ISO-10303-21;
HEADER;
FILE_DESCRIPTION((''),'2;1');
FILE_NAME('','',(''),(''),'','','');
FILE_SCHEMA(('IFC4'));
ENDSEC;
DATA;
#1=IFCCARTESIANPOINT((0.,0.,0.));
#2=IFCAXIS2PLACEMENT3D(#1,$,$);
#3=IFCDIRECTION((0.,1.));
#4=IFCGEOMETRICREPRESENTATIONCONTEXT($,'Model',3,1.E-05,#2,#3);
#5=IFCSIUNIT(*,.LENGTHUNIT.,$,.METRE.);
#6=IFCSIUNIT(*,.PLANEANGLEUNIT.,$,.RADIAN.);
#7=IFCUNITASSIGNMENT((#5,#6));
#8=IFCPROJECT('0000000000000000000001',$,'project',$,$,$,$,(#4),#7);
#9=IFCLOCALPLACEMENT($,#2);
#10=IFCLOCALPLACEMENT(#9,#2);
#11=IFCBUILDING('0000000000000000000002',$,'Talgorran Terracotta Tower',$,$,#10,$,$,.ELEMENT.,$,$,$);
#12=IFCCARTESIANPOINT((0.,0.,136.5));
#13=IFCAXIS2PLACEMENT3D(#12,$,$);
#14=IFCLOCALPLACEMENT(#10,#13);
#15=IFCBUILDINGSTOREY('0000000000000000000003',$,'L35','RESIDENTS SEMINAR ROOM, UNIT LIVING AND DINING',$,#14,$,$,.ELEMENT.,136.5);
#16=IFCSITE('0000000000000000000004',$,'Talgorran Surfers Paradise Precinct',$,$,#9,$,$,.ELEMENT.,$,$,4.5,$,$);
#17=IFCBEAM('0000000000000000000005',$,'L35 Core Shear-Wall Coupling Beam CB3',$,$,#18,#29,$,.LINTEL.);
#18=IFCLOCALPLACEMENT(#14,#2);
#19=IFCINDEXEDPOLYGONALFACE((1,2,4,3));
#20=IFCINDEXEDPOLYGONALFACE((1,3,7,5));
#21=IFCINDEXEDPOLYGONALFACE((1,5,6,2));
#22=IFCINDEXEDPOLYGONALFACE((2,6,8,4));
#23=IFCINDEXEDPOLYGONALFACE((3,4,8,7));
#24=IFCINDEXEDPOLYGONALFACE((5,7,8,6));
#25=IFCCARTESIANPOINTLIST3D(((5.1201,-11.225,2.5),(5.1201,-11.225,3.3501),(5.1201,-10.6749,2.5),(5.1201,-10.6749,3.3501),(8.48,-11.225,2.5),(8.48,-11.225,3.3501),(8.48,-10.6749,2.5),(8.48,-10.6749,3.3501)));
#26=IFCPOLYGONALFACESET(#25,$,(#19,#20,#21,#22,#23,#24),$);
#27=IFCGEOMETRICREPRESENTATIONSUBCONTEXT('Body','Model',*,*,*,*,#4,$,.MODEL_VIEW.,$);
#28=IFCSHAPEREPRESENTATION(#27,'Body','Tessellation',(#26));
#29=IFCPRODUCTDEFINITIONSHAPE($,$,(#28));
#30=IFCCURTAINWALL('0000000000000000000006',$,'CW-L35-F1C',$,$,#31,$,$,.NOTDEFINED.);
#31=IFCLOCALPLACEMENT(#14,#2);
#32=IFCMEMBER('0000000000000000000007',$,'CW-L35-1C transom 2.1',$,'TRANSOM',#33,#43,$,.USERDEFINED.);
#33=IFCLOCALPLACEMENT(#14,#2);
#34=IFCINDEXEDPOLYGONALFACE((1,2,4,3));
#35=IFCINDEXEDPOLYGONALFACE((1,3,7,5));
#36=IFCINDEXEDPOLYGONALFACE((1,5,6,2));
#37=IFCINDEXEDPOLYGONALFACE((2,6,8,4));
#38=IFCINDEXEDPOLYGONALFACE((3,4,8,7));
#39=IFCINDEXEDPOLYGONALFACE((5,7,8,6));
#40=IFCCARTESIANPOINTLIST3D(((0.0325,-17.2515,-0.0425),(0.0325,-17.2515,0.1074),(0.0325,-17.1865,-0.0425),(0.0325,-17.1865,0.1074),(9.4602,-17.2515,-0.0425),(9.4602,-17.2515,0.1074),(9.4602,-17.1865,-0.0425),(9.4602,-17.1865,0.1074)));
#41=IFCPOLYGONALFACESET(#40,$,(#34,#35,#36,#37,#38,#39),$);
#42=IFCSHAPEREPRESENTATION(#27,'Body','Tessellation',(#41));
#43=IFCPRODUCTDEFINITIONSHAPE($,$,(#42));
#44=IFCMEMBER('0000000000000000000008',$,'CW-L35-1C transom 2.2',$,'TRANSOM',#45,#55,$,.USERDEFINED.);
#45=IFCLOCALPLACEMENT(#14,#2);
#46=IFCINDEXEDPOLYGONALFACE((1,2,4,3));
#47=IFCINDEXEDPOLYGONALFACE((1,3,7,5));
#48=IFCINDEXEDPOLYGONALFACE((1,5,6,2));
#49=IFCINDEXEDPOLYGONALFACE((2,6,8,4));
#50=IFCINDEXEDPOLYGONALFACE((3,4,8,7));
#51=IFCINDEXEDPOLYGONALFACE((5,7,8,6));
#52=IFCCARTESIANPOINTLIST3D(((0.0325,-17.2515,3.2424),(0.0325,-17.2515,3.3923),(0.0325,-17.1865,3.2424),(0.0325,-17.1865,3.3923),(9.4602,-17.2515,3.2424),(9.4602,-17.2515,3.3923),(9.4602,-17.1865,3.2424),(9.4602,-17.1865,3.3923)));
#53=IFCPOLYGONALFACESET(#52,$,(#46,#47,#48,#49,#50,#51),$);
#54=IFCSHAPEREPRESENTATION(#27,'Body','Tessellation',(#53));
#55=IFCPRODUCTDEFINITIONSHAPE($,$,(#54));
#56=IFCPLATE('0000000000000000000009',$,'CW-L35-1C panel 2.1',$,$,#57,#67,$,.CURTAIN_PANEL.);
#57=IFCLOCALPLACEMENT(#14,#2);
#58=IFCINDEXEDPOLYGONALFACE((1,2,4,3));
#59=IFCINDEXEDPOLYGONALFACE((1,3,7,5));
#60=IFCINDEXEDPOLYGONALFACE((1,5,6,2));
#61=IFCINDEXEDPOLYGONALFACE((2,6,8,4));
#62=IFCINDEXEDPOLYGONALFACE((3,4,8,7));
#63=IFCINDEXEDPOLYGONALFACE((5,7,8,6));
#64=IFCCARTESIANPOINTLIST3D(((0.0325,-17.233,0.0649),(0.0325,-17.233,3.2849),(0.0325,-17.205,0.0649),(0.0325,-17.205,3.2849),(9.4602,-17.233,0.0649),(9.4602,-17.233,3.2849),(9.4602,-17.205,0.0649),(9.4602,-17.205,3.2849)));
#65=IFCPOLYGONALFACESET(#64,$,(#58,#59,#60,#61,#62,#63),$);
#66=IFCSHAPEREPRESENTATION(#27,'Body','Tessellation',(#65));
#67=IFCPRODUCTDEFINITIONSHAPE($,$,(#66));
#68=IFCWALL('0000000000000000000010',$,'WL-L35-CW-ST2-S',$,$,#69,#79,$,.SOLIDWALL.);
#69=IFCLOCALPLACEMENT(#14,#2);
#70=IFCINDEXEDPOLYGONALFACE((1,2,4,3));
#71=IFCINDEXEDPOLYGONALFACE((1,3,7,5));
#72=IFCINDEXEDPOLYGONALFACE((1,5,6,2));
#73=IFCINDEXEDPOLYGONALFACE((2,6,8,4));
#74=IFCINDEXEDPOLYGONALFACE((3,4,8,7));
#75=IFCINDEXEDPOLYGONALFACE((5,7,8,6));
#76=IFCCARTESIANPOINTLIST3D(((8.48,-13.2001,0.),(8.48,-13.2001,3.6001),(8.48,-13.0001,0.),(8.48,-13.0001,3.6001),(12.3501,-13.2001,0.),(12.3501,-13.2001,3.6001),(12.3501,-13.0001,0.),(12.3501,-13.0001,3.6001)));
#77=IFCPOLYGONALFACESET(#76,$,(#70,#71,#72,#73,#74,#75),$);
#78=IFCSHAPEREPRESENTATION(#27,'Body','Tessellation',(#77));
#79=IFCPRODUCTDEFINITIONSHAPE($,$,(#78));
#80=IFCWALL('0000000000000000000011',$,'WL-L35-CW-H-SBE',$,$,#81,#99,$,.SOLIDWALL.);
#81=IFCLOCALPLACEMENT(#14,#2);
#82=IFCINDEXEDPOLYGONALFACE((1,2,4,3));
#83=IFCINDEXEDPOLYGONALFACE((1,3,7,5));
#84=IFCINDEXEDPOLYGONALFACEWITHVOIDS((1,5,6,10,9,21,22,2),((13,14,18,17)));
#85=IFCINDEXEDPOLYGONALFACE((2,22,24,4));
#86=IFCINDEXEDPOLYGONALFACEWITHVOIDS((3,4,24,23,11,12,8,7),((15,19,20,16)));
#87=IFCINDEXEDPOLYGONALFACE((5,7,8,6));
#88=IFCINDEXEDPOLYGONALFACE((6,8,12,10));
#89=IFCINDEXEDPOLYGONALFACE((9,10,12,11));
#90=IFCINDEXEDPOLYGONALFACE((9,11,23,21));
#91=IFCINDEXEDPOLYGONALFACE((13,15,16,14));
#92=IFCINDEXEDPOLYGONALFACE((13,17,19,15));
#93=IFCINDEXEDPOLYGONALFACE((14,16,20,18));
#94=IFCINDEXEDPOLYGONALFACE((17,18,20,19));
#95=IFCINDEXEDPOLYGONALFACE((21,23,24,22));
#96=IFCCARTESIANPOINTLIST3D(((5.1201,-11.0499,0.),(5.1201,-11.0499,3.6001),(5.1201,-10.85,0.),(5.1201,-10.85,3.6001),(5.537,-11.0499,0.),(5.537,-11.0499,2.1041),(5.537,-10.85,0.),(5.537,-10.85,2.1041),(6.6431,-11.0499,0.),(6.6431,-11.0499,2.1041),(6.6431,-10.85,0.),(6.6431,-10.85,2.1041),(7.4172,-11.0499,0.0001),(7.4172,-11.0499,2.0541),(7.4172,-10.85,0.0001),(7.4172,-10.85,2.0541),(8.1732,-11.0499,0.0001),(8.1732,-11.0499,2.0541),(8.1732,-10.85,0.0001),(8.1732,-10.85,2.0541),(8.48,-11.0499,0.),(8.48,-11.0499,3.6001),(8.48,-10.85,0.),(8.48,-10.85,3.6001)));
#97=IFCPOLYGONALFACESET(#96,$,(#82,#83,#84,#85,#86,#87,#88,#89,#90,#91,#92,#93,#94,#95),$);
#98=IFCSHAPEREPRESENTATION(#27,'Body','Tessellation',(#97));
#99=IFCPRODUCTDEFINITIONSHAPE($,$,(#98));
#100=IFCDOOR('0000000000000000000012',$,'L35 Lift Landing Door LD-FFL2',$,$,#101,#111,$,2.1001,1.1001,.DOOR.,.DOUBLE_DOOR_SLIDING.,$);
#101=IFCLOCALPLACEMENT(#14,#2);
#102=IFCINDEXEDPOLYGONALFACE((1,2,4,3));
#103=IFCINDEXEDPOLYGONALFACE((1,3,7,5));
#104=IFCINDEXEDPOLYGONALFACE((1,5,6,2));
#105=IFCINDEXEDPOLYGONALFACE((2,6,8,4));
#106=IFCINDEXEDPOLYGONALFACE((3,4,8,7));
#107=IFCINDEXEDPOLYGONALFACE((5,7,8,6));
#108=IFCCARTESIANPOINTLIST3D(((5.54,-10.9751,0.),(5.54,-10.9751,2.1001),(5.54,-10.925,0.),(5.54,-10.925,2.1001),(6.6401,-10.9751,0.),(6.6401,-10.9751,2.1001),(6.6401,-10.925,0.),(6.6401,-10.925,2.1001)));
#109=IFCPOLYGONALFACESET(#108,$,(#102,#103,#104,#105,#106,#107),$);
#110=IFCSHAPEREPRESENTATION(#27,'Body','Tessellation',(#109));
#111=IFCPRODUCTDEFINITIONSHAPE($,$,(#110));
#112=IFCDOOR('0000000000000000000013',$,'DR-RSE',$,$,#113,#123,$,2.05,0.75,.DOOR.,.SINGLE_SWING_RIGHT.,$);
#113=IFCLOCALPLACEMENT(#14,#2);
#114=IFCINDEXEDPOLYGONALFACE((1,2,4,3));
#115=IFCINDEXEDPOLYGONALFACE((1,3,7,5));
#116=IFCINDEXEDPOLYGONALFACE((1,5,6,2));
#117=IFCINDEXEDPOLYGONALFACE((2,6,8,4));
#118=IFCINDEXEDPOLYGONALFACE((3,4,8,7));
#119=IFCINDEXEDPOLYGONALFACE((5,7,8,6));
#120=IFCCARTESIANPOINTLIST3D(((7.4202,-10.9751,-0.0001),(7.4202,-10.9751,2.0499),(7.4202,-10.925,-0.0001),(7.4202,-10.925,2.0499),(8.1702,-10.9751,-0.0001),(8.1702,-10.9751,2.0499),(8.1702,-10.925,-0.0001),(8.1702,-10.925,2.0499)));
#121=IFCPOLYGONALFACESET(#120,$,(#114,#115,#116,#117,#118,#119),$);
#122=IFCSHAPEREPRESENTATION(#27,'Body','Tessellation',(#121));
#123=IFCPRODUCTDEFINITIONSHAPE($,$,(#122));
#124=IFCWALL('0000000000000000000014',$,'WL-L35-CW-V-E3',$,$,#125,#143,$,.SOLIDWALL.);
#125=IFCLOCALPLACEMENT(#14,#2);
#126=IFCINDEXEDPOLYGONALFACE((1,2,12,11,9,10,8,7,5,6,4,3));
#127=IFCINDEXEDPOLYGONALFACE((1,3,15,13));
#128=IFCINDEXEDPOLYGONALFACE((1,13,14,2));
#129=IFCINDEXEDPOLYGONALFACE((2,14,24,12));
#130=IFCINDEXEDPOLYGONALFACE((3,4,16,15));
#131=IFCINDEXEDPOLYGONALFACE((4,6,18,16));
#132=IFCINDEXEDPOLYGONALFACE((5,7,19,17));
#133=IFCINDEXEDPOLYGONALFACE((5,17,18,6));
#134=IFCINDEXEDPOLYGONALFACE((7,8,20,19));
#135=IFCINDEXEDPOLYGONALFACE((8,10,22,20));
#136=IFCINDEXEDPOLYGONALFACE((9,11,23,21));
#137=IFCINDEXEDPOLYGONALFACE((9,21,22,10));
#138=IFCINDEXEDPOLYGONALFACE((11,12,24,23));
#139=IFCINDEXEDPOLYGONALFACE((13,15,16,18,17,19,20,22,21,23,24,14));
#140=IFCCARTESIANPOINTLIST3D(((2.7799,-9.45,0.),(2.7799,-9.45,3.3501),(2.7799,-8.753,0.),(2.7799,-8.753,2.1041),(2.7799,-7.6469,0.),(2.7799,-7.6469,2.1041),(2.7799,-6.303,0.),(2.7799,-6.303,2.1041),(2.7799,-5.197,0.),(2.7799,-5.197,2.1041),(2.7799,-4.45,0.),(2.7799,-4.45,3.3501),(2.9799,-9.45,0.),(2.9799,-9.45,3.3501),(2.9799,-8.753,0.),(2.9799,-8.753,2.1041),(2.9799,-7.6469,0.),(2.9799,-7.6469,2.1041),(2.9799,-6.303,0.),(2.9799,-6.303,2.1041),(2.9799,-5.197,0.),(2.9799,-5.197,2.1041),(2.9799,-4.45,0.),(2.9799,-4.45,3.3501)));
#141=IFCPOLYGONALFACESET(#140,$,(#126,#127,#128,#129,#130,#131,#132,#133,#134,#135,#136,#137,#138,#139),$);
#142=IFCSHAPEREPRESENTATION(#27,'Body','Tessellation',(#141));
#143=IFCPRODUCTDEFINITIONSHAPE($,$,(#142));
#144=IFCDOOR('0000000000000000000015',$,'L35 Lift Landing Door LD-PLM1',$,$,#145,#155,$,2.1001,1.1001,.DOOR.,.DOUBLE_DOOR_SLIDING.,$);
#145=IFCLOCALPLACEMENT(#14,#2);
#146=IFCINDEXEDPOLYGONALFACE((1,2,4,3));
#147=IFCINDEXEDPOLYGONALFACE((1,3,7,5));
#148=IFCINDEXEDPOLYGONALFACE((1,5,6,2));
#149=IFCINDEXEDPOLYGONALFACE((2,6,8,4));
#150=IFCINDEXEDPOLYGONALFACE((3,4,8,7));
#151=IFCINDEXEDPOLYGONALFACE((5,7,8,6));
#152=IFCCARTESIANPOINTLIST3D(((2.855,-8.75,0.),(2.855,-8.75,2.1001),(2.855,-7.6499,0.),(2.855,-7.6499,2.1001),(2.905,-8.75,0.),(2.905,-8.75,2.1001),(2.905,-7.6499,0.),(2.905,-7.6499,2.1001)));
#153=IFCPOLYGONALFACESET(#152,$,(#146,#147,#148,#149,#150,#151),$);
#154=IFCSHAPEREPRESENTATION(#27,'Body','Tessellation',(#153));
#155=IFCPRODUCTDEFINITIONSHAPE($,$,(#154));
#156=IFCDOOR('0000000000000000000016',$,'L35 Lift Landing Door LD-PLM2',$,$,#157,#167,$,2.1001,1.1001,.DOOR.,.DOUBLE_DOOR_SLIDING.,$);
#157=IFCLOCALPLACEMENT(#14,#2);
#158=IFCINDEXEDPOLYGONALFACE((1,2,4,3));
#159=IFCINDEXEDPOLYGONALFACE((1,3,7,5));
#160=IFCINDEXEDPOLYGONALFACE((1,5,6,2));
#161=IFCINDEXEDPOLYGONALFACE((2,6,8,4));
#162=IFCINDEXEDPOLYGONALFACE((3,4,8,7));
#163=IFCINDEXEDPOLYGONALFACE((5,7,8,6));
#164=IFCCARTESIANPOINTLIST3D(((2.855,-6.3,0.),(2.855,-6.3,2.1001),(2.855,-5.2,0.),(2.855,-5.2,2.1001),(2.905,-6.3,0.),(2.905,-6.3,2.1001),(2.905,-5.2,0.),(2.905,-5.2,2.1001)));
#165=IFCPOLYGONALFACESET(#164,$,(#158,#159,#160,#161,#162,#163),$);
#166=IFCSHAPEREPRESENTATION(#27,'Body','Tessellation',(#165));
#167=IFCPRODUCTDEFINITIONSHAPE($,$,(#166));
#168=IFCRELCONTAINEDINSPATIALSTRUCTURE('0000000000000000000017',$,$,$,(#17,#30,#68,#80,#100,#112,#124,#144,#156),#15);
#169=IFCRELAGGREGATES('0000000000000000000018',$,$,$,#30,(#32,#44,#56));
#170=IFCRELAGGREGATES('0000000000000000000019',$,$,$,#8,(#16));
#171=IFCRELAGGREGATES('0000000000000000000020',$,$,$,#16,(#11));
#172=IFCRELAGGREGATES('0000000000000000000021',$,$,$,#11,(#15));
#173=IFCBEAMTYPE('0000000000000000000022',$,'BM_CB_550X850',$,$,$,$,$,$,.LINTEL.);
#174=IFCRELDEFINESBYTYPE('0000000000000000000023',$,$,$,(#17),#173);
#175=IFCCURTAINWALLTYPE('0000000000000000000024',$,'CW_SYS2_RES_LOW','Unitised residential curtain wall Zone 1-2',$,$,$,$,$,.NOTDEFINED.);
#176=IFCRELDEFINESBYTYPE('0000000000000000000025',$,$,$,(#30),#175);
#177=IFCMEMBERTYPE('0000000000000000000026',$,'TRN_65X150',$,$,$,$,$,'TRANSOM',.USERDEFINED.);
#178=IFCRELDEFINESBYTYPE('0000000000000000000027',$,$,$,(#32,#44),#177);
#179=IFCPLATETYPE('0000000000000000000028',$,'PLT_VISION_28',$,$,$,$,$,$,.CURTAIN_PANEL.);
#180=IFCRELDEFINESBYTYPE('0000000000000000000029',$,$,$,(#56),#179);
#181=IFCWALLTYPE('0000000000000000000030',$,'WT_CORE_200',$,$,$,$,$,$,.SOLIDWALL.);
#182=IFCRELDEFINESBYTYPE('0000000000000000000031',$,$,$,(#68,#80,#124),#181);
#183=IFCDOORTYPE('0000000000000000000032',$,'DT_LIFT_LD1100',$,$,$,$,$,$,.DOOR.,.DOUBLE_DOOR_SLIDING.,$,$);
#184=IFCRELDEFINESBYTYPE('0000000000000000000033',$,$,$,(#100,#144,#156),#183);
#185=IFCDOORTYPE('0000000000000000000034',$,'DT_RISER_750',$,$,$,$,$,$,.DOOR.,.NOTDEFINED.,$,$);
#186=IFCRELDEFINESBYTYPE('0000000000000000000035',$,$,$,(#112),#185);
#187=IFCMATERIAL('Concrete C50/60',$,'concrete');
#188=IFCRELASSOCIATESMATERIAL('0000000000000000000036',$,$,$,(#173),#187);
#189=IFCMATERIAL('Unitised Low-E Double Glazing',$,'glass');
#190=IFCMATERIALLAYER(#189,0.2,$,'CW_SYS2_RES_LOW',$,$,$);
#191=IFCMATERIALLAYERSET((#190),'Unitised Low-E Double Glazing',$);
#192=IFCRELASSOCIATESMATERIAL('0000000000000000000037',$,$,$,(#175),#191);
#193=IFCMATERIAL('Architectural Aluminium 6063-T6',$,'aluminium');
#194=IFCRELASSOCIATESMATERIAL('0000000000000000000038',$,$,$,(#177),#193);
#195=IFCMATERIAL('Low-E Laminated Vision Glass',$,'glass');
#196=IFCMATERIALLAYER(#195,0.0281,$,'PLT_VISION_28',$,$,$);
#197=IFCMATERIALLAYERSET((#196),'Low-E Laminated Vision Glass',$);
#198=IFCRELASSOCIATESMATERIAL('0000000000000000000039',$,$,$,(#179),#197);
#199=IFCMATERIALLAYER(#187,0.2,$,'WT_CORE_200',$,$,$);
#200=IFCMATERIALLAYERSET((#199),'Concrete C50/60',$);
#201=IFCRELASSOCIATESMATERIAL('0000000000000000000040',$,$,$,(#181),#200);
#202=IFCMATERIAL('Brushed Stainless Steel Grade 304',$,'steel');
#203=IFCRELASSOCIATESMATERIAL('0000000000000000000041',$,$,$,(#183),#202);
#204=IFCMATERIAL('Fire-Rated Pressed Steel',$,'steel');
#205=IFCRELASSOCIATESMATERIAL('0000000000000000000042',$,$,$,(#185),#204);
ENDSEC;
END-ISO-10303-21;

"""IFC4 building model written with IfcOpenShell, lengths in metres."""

from ifc_helpers import new_model, si_unit, direction, frame, frame_2d, origin, origin_2d, place, context, subcontext, project, spatial, rectangle, extrude, source, transform, mapped, material, layer, layer_set, material_profile, profile_set, type_object, type_shapes, element, fill, aggregate, save


model = new_model("IFC4")

# Units and contexts
model_context = context("Model", 3, precision=1e-05, world=origin(), true_north=direction((0.0, 1.0)))
body_context = subcontext(model_context, "Body", "Model", "MODEL_VIEW")
ifc_project = project(units=[si_unit("LENGTHUNIT", "METRE"), si_unit("PLANEANGLEUNIT", "RADIAN")], contexts=[model_context])

# Site, building, storey
site_placement = place(None, origin())
site = spatial("IfcSite", under=ifc_project, at=site_placement, Name="Talgorran Surfers Paradise Precinct", CompositionType="ELEMENT", RefElevation=4.5)
building_placement = place(site_placement, origin())
building = spatial("IfcBuilding", under=site, at=building_placement, Name="Talgorran Terracotta Tower", CompositionType="ELEMENT")
storey_placement = place(building_placement, frame((0.0, 0.0, 136.5)))
storey = spatial("IfcBuildingStorey", under=building, at=storey_placement, Name="L35", Description="RESIDENTS SEMINAR ROOM, UNIT LIVING AND DINING", CompositionType="ELEMENT", Elevation=136.5)

# Beam
ifc_material_1 = material(Name="Concrete C50/60", Category="concrete")
ifc_material_profile_1 = material_profile(ifc_material_1, rectangle(XDim=0.55, YDim=0.8501, at=origin_2d()), Name="RCCB550X850")
ifc_profile_set_1 = profile_set([ifc_material_profile_1], Name="Concrete C50/60")
beam_type = type_object("IfcBeamType", Name="BM_CB_550X850", PredefinedType="LINTEL", material=ifc_profile_set_1)
beam_placement = place(storey_placement, frame((5.1201, -10.95, 2.925), z_axis=(1.0, 0.0, 0.0), x_axis=(0.0, 1.0, 0.0)))
element("IfcBeam", 1, at=beam_placement, inside=storey, type_object=beam_type, Name="L35 Core Shear-Wall Coupling Beam CB3", PredefinedType="LINTEL", context=body_context, shape_type="SweptSolid", body=[
    extrude(rectangle(XDim=0.55, YDim=0.8501, at=origin_2d()), origin(), (0.0, 0.0, 1.0), 3.3599),
])

# Curtain wall, members, plate
ifc_material_2 = material(Name="Unitised Low-E Double Glazing", Category="glass")
ifc_layer_1 = layer(ifc_material_2, 0.2, Name="CW_SYS2_RES_LOW")
ifc_layer_set_1 = layer_set([ifc_layer_1], Name="Unitised Low-E Double Glazing")
curtain_wall_type = type_object("IfcCurtainWallType", Name="CW_SYS2_RES_LOW", Description="Unitised residential curtain wall Zone 1-2", PredefinedType="NOTDEFINED", material=ifc_layer_set_1)
curtain_wall_placement = place(storey_placement, origin())
curtain_wall = element("IfcCurtainWall", 2, at=curtain_wall_placement, inside=storey, type_object=curtain_wall_type, Name="CW-L35-F1C", PredefinedType="NOTDEFINED")
ifc_material_3 = material(Name="Architectural Aluminium 6063-T6", Category="aluminium")
ifc_material_profile_2 = material_profile(ifc_material_3, rectangle(XDim=0.0649, YDim=0.1499, at=origin_2d()), Name="CWT65X150")
ifc_profile_set_2 = profile_set([ifc_material_profile_2], Name="Architectural Aluminium 6063-T6")
member_type = type_object("IfcMemberType", Name="TRN_65X150", ElementType="TRANSOM", PredefinedType="USERDEFINED", material=ifc_profile_set_2)
member_1_placement = place(storey_placement, frame((0.0325, -17.219, 0.0325), z_axis=(1.0, 0.0, 0.0), x_axis=(0.0, 1.0, 0.0)))
member_1 = element("IfcMember", 3, at=member_1_placement, type_object=member_type, Name="CW-L35-1C transom 2.1", ObjectType="TRANSOM", PredefinedType="USERDEFINED", context=body_context, shape_type="SweptSolid", body=[
    extrude(rectangle(XDim=0.0649, YDim=0.1499, at=origin_2d()), origin(), (0.0, 0.0, 1.0), 9.4277),
])
member_2_placement = place(storey_placement, frame((0.0325, -17.219, 3.3174), z_axis=(1.0, 0.0, 0.0), x_axis=(0.0, 1.0, 0.0)))
member_2 = element("IfcMember", 4, at=member_2_placement, type_object=member_type, Name="CW-L35-1C transom 2.2", ObjectType="TRANSOM", PredefinedType="USERDEFINED", context=body_context, shape_type="SweptSolid", body=[
    extrude(rectangle(XDim=0.0649, YDim=0.1499, at=origin_2d()), origin(), (0.0, 0.0, 1.0), 9.4277),
])
ifc_material_4 = material(Name="Low-E Laminated Vision Glass", Category="glass")
ifc_layer_2 = layer(ifc_material_4, 0.0281, Name="PLT_VISION_28")
ifc_layer_set_2 = layer_set([ifc_layer_2], Name="Low-E Laminated Vision Glass")
plate_type = type_object("IfcPlateType", Name="PLT_VISION_28", PredefinedType="CURTAIN_PANEL", material=ifc_layer_set_2)
shared_shape = source(origin(), body_context, "Body", "SweptSolid", [
    extrude(rectangle(XDim=9.4277, YDim=0.0281, at=origin_2d()), origin(), (0.0, 0.0, 1.0), 3.22),
])
type_shapes(plate_type, [shared_shape])
plate_placement = place(storey_placement, frame((4.7463, -17.219, 0.0649), z_axis=(0.0, 0.0, 1.0), x_axis=(1.0, 0.0, 0.0)))
plate = element("IfcPlate", 5, at=plate_placement, type_object=plate_type, Name="CW-L35-1C panel 2.1", PredefinedType="CURTAIN_PANEL", context=body_context, shape_type="MappedRepresentation", body=[
    mapped(shared_shape, transform((0.0, 0.0, 0.0), scale=1.0)),
])
aggregate(curtain_wall, [member_1, member_2, plate])

# Wall
ifc_layer_3 = layer(ifc_material_1, 0.2, Name="WT_CORE_200")
ifc_layer_set_3 = layer_set([ifc_layer_3], Name="Concrete C50/60")
wall_type_1 = type_object("IfcWallType", Name="WT_CORE_200", PredefinedType="SOLIDWALL", material=ifc_layer_set_3)
wall_1_placement = place(storey_placement, frame((8.48, -13.1001, 0.0), z_axis=(0.0, 0.0, 1.0), x_axis=(1.0, 0.0, 0.0)))
element("IfcWall", 6, at=wall_1_placement, inside=storey, type_object=wall_type_1, Name="WL-L35-CW-ST2-S", PredefinedType="SOLIDWALL", context=body_context, shape_type="SweptSolid", body=[
    extrude(rectangle(XDim=3.8701, YDim=0.2, at=frame_2d((1.9351, 0.0))), origin(), (0.0, 0.0, 1.0), 3.6001),
])

# Walls, openings, doors
wall_2_placement = place(storey_placement, frame((5.1201, -10.95, 0.0), z_axis=(0.0, 0.0, 1.0), x_axis=(1.0, 0.0, 0.0)))
wall_2 = element("IfcWall", 7, at=wall_2_placement, inside=storey, type_object=wall_type_1, Name="WL-L35-CW-H-SBE", PredefinedType="SOLIDWALL", context=body_context, shape_type="SweptSolid", body=[
    extrude(rectangle(XDim=3.3599, YDim=0.2, at=frame_2d((1.6799, 0.0))), origin(), (0.0, 0.0, 1.0), 3.6001),
])
opening_1_placement = place(wall_2_placement, frame((0.4199, 0.0, 0.0)))
opening_1 = element("IfcOpeningElement", 8, at=opening_1_placement, cuts=wall_2, PredefinedType="OPENING", context=body_context, shape_type="SweptSolid", body=[
    extrude(rectangle(XDim=1.1061, YDim=2.1041, at=frame_2d((0.55, 1.052))), frame((0.0, 0.1099, 0.0), z_axis=(0.0, -1.0, 0.0), x_axis=(1.0, 0.0, 0.0)), (0.0, 0.0, 1.0), 0.22),
])
opening_2_placement = place(wall_2_placement, frame((2.3, 0.0, 0.0)))
opening_2 = element("IfcOpeningElement", 9, at=opening_2_placement, cuts=wall_2, PredefinedType="OPENING", context=body_context, shape_type="SweptSolid", body=[
    extrude(rectangle(XDim=0.756, YDim=2.054, at=frame_2d((0.375, 1.0271))), frame((0.0, 0.1099, 0.0), z_axis=(0.0, -1.0, 0.0), x_axis=(1.0, 0.0, 0.0)), (0.0, 0.0, 1.0), 0.22),
])
ifc_material_5 = material(Name="Brushed Stainless Steel Grade 304", Category="steel")
door_type_1 = type_object("IfcDoorType", Name="DT_LIFT_LD1100", OperationType="DOUBLE_DOOR_SLIDING", PredefinedType="DOOR", material=ifc_material_5)
door_1_placement = place(opening_1_placement, origin())
door_1 = element("IfcDoor", 10, at=door_1_placement, inside=storey, type_object=door_type_1, Name="L35 Lift Landing Door LD-FFL2", OperationType="DOUBLE_DOOR_SLIDING", OverallHeight=2.1001, OverallWidth=1.1001, PredefinedType="DOOR", context=body_context, shape_type="SweptSolid", body=[
    extrude(rectangle(XDim=1.1001, YDim=2.1001, at=frame_2d((0.55, 1.05))), frame((0.0, 0.0249, 0.0), z_axis=(0.0, -1.0, 0.0), x_axis=(1.0, 0.0, 0.0)), (0.0, 0.0, 1.0), 0.05),
])
fill(opening_1, door_1)
ifc_material_6 = material(Name="Fire-Rated Pressed Steel", Category="steel")
door_type_2 = type_object("IfcDoorType", Name="DT_RISER_750", OperationType="NOTDEFINED", PredefinedType="DOOR", material=ifc_material_6)
door_2_placement = place(opening_2_placement, origin())
door_2 = element("IfcDoor", 11, at=door_2_placement, inside=storey, type_object=door_type_2, Name="DR-RSE", OperationType="SINGLE_SWING_RIGHT", OverallHeight=2.05, OverallWidth=0.75, PredefinedType="DOOR", context=body_context, shape_type="SweptSolid", body=[
    extrude(rectangle(XDim=0.75, YDim=2.05, at=frame_2d((0.375, 1.0249))), frame((0.0, 0.0249, 0.0), z_axis=(0.0, -1.0, 0.0), x_axis=(1.0, 0.0, 0.0)), (0.0, 0.0, 1.0), 0.05),
])
fill(opening_2, door_2)
wall_3_placement = place(storey_placement, frame((2.8799, -9.45, 0.0), z_axis=(0.0, 0.0, 1.0), x_axis=(0.0, 1.0, 0.0)))
wall_3 = element("IfcWall", 12, at=wall_3_placement, inside=storey, type_object=wall_type_1, Name="WL-L35-CW-V-E3", PredefinedType="SOLIDWALL", context=body_context, shape_type="SweptSolid", body=[
    extrude(rectangle(XDim=5.0, YDim=0.2, at=frame_2d((2.5, 0.0))), origin(), (0.0, 0.0, 1.0), 3.3501),
])
opening_3_placement = place(wall_3_placement, frame((0.7, 0.0, 0.0)))
opening_3 = element("IfcOpeningElement", 13, at=opening_3_placement, cuts=wall_3, PredefinedType="OPENING", context=body_context, shape_type="SweptSolid", body=[
    extrude(rectangle(XDim=1.1061, YDim=2.1041, at=frame_2d((0.55, 1.052))), frame((0.0, 0.1099, 0.0), z_axis=(0.0, -1.0, 0.0), x_axis=(1.0, 0.0, 0.0)), (0.0, 0.0, 1.0), 0.22),
])
opening_4_placement = place(wall_3_placement, frame((3.1499, 0.0, 0.0)))
opening_4 = element("IfcOpeningElement", 14, at=opening_4_placement, cuts=wall_3, PredefinedType="OPENING", context=body_context, shape_type="SweptSolid", body=[
    extrude(rectangle(XDim=1.1061, YDim=2.1041, at=frame_2d((0.55, 1.052))), frame((0.0, 0.1099, 0.0), z_axis=(0.0, -1.0, 0.0), x_axis=(1.0, 0.0, 0.0)), (0.0, 0.0, 1.0), 0.22),
])
door_3_placement = place(opening_3_placement, origin())
door_3 = element("IfcDoor", 15, at=door_3_placement, inside=storey, type_object=door_type_1, Name="L35 Lift Landing Door LD-PLM1", OperationType="DOUBLE_DOOR_SLIDING", OverallHeight=2.1001, OverallWidth=1.1001, PredefinedType="DOOR", context=body_context, shape_type="SweptSolid", body=[
    extrude(rectangle(XDim=1.1001, YDim=2.1001, at=frame_2d((0.55, 1.05))), frame((0.0, 0.0249, 0.0), z_axis=(0.0, -1.0, 0.0), x_axis=(1.0, 0.0, 0.0)), (0.0, 0.0, 1.0), 0.05),
])
fill(opening_3, door_3)
door_4_placement = place(opening_4_placement, origin())
door_4 = element("IfcDoor", 16, at=door_4_placement, inside=storey, type_object=door_type_1, Name="L35 Lift Landing Door LD-PLM2", OperationType="DOUBLE_DOOR_SLIDING", OverallHeight=2.1001, OverallWidth=1.1001, PredefinedType="DOOR", context=body_context, shape_type="SweptSolid", body=[
    extrude(rectangle(XDim=1.1001, YDim=2.1001, at=frame_2d((0.55, 1.05))), frame((0.0, 0.0249, 0.0), z_axis=(0.0, -1.0, 0.0), x_axis=(1.0, 0.0, 0.0)), (0.0, 0.0, 1.0), 0.05),
])
fill(opening_4, door_4)

save(model, "model.ifc")
